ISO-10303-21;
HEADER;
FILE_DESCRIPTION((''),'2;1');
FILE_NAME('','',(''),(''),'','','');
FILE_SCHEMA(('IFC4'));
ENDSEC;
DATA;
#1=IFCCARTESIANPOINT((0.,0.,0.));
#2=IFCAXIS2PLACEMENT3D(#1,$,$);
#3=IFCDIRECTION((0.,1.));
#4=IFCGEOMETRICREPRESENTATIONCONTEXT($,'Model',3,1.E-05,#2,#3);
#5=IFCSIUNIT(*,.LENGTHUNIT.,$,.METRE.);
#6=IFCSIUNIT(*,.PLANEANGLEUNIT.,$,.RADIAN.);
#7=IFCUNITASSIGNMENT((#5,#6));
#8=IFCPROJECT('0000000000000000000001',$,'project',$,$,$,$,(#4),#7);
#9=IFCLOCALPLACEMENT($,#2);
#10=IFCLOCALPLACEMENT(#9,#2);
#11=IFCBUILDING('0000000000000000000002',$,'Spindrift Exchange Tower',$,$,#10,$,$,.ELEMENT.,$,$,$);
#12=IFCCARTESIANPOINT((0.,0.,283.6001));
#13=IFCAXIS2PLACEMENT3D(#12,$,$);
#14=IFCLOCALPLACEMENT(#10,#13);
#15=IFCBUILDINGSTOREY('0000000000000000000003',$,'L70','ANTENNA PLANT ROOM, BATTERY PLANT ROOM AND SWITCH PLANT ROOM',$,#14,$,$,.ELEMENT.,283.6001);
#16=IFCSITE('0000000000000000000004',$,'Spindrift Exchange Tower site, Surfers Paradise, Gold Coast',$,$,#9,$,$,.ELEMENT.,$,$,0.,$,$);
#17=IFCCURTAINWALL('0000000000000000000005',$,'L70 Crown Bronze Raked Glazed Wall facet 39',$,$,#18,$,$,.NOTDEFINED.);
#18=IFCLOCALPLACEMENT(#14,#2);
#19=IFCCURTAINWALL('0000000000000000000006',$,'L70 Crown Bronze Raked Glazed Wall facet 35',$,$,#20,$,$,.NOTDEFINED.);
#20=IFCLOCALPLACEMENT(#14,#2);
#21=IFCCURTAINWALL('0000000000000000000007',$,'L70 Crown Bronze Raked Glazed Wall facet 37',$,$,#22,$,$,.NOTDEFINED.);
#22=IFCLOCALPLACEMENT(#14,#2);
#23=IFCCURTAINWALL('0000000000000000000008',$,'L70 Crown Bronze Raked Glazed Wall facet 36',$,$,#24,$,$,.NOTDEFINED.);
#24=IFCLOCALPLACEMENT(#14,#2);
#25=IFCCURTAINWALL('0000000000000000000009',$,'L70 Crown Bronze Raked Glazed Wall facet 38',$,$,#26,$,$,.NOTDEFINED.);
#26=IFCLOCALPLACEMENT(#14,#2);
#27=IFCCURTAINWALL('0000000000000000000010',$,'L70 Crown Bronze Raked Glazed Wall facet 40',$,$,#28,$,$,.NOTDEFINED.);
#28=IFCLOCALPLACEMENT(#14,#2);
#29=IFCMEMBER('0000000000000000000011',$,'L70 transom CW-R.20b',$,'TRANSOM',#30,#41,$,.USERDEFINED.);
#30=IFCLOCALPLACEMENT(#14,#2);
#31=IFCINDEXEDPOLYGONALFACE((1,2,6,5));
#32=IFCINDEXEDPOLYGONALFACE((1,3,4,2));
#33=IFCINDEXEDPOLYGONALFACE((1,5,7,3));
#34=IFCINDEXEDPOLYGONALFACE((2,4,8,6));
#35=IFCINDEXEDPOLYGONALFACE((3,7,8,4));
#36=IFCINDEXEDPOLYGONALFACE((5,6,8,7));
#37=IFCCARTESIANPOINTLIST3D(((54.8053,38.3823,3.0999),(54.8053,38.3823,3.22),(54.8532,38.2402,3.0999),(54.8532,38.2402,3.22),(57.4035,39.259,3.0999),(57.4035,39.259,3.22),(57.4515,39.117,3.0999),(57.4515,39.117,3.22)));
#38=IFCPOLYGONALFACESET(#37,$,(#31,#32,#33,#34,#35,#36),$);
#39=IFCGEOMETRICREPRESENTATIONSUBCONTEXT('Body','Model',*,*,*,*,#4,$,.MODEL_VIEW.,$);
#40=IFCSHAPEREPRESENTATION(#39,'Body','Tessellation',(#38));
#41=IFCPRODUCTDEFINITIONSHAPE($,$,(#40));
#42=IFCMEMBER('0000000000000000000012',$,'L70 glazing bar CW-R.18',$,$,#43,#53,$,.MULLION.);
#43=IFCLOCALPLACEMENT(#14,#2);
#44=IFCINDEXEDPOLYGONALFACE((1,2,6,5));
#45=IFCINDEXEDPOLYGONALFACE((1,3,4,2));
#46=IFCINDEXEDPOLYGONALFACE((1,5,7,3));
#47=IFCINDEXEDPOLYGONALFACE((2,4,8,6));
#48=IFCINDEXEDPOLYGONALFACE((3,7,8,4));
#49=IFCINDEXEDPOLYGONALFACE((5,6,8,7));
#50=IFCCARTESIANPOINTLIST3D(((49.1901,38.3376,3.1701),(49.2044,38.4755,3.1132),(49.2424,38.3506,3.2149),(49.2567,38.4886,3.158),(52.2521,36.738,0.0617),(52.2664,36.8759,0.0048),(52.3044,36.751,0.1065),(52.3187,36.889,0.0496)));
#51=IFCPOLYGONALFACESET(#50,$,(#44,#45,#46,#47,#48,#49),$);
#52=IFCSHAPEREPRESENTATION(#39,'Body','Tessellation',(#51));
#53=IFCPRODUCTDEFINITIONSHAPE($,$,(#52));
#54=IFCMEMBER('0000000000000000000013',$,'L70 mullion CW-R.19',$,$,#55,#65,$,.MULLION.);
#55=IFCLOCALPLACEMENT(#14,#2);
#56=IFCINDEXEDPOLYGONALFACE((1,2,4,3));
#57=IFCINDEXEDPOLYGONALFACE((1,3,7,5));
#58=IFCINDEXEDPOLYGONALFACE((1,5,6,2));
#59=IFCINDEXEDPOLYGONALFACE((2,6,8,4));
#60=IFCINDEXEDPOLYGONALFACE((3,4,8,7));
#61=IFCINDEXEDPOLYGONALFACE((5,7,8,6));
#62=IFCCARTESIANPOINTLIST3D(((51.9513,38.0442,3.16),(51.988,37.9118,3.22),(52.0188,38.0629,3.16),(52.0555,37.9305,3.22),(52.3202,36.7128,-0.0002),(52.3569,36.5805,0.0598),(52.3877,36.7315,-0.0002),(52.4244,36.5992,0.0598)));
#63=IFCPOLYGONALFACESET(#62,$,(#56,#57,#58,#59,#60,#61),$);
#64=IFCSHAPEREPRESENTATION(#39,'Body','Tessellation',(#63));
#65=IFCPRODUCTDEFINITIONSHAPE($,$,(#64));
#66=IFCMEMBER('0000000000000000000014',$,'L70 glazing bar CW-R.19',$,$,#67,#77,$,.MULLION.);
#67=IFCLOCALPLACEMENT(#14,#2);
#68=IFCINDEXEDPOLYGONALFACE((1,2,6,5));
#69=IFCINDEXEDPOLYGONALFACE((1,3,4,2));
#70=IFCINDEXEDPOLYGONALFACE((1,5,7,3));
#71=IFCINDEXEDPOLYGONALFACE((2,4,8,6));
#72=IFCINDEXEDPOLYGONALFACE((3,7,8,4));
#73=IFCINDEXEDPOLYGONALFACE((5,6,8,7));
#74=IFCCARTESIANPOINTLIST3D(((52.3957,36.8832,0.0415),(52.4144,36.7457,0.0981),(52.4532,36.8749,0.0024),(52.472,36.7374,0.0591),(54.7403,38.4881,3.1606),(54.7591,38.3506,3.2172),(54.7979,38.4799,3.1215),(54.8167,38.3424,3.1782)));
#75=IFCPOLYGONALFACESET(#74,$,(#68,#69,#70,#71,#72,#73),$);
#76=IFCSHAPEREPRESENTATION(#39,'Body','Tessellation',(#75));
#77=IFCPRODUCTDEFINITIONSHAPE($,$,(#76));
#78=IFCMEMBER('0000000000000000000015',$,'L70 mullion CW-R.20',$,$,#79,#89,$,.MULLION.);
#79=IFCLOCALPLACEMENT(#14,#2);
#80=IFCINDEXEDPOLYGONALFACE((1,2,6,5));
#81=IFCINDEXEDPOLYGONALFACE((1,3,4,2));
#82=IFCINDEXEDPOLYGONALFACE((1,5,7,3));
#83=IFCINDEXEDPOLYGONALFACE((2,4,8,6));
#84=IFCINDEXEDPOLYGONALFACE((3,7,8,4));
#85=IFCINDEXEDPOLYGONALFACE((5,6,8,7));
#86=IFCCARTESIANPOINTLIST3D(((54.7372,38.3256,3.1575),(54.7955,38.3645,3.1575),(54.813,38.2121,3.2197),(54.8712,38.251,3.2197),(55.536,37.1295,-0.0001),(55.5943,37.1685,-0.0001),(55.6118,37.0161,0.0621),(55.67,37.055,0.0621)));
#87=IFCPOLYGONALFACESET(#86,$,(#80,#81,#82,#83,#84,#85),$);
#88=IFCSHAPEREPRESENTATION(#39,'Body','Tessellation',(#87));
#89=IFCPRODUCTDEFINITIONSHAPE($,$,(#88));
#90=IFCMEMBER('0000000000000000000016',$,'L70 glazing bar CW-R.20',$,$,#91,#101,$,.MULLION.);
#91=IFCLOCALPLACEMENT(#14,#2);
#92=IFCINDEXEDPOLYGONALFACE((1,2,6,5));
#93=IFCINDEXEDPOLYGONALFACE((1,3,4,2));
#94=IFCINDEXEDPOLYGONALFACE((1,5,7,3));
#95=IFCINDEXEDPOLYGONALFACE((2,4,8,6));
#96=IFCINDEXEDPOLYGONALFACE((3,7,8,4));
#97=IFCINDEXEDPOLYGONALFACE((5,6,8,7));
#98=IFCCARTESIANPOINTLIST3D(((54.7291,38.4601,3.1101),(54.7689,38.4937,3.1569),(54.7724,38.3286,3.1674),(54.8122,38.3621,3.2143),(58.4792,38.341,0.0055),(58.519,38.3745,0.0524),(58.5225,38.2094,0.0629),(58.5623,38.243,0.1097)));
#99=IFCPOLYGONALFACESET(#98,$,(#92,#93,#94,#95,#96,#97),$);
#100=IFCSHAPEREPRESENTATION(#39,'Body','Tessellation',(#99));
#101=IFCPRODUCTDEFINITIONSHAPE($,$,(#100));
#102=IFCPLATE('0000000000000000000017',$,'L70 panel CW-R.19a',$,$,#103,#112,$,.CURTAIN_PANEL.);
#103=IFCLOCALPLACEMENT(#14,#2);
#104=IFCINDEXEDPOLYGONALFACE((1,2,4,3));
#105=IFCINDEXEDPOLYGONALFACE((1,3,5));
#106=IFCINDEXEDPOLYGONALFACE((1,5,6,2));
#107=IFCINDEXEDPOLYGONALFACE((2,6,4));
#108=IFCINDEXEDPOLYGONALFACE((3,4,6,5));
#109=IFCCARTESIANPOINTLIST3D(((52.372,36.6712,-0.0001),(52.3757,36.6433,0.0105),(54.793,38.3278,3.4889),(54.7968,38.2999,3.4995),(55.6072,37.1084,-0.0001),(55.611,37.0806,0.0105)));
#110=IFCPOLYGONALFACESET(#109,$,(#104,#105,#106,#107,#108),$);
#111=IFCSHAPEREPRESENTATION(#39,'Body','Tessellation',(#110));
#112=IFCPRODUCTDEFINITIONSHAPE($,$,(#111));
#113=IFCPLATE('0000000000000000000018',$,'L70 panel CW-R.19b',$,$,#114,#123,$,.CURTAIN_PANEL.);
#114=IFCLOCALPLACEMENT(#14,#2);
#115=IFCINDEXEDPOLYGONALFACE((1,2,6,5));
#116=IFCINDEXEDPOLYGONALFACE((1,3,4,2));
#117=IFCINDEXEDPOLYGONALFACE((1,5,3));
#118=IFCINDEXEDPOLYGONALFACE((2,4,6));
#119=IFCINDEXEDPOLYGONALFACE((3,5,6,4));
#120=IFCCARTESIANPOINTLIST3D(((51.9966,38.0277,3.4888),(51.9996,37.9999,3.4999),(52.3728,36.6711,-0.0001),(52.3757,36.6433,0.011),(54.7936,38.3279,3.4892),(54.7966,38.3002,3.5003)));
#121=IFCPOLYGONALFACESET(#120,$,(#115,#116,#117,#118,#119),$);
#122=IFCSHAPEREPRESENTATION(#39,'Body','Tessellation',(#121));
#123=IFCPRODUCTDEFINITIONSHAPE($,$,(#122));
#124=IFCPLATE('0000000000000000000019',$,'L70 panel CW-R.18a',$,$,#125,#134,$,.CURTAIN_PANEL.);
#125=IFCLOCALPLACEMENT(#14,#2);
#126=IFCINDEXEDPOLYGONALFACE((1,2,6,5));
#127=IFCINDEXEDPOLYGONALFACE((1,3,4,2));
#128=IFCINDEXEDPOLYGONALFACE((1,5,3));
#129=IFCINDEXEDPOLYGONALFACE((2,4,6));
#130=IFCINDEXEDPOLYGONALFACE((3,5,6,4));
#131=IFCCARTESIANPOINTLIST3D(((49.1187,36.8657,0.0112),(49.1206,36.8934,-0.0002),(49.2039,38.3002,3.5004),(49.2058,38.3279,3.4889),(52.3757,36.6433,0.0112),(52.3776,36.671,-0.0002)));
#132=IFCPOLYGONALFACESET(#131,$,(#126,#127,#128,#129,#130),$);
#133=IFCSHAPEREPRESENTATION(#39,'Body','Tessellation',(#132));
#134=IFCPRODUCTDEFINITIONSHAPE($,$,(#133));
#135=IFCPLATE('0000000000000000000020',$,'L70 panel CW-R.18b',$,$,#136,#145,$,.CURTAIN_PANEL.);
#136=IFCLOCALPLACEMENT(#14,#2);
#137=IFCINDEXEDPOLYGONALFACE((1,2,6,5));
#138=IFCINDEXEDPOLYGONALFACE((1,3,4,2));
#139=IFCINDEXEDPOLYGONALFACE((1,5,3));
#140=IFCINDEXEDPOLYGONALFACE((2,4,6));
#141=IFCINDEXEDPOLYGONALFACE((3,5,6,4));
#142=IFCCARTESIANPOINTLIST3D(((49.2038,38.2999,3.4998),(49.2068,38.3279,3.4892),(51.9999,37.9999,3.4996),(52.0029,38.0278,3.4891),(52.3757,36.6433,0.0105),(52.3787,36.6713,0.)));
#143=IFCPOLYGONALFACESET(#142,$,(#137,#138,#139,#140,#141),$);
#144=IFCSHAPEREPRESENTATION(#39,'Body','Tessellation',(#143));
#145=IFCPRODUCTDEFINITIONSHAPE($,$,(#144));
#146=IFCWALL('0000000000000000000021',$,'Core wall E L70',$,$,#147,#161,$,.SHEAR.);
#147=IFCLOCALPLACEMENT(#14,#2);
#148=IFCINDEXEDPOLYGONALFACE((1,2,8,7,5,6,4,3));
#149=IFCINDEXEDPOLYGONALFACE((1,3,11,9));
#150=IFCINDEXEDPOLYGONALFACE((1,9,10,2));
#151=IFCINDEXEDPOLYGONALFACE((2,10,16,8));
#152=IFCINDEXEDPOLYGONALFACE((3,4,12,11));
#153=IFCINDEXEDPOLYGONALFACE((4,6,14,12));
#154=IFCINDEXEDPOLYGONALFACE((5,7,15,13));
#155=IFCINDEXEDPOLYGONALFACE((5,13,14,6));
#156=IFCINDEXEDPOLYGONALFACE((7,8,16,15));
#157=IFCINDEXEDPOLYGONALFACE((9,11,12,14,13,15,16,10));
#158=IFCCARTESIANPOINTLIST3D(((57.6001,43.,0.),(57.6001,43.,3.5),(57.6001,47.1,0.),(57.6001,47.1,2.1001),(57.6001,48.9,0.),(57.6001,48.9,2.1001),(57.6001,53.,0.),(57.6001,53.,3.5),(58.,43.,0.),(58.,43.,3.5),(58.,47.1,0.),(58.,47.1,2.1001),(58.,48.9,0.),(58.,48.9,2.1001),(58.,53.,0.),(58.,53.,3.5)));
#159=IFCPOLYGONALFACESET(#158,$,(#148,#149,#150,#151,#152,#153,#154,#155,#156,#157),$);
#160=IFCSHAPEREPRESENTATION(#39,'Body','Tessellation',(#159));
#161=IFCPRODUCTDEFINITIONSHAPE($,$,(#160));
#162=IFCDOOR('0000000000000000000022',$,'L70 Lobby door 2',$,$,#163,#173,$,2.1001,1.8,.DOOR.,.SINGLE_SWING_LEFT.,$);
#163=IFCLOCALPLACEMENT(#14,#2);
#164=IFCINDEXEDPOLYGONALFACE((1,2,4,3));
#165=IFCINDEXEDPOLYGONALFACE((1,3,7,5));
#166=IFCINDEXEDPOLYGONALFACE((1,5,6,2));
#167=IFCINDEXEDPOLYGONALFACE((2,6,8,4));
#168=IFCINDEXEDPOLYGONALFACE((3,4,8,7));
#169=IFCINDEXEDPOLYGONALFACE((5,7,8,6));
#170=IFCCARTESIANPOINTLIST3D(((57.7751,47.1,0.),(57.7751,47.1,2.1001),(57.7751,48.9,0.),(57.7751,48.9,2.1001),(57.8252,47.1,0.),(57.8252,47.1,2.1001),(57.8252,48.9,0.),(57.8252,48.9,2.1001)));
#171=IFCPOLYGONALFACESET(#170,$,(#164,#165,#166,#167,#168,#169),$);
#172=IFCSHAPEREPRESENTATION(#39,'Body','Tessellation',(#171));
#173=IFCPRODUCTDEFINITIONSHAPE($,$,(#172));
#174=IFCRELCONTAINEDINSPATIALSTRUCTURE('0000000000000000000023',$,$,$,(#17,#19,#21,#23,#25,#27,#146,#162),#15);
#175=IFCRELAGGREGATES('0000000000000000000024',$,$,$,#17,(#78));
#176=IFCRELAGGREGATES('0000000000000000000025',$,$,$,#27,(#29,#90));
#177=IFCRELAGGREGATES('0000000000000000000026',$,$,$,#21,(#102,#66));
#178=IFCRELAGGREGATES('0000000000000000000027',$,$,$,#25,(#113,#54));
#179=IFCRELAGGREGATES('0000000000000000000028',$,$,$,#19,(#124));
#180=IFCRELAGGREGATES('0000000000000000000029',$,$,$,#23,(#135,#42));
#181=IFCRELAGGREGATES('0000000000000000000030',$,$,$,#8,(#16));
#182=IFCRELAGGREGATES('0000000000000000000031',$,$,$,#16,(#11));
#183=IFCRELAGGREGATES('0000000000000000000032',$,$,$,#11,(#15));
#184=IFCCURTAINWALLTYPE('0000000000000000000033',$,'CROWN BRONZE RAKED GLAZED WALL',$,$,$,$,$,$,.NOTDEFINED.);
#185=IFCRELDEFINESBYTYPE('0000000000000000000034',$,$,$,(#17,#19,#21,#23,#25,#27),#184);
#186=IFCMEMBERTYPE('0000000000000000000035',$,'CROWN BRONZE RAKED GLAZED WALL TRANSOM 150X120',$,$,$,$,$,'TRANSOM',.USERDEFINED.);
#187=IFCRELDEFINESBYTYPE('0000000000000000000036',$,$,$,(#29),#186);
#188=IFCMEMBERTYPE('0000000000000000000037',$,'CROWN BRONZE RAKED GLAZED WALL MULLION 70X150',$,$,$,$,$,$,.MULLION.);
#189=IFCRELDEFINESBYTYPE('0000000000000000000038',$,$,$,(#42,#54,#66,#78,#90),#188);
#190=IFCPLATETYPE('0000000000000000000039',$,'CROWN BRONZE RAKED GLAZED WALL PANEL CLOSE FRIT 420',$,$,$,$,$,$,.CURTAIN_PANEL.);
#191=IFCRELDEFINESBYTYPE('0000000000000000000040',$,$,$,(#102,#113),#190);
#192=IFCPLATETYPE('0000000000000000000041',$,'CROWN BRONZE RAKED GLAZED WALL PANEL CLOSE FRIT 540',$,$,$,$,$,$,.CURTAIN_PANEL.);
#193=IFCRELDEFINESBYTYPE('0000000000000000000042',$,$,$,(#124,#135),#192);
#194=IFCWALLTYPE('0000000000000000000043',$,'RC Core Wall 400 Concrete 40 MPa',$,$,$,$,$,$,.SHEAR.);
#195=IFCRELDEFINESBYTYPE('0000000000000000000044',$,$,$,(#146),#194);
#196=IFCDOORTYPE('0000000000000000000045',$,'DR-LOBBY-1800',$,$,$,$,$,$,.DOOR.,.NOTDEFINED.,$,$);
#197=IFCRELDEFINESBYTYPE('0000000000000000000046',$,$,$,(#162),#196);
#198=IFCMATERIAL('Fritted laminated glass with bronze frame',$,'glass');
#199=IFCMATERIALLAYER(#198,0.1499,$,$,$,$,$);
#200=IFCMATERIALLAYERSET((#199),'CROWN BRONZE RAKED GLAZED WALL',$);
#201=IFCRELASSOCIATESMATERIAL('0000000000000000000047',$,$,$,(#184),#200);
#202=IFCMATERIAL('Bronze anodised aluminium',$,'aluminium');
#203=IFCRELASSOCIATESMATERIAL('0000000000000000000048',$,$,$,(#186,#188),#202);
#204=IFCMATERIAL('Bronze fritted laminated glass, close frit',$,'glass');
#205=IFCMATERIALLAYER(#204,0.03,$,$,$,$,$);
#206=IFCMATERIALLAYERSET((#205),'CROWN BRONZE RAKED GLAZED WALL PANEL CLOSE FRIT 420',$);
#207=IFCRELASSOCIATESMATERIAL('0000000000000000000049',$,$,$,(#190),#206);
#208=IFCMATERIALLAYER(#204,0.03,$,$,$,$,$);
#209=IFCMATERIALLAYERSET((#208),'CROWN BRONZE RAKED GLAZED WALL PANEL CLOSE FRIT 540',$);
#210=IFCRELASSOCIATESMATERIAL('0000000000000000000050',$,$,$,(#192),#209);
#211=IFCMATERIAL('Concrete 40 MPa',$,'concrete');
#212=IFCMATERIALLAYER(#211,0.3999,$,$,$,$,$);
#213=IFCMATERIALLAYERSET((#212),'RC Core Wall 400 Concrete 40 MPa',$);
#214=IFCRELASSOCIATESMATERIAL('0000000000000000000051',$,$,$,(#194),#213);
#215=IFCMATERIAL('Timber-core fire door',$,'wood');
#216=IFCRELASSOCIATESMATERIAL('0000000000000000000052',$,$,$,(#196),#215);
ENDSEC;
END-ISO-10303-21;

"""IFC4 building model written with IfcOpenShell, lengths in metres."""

from ifc_helpers import new_model, si_unit, direction, frame, frame_2d, origin, origin_2d, place, context, subcontext, project, spatial, line, indexed_curve, rectangle, outline, extrude, source, transform, mapped, material, layer, layer_set, material_profile, profile_set, type_object, element, fill, aggregate, save


model = new_model("IFC4")

# Units and contexts
model_context = context("Model", 3, precision=1e-05, world=origin(), true_north=direction((0.0, 1.0)))
body_context = subcontext(model_context, "Body", "Model", "MODEL_VIEW")
ifc_project = project(units=[si_unit("LENGTHUNIT", "METRE"), si_unit("PLANEANGLEUNIT", "RADIAN")], contexts=[model_context])

# Site, building, storey
site_placement = place(None, origin())
site = spatial("IfcSite", under=ifc_project, at=site_placement, Name="Spindrift Exchange Tower site, Surfers Paradise, Gold Coast", CompositionType="ELEMENT", RefElevation=0.0)
building_placement = place(site_placement, origin())
building = spatial("IfcBuilding", under=site, at=building_placement, Name="Spindrift Exchange Tower", CompositionType="ELEMENT")
storey_placement = place(building_placement, frame((0.0, 0.0, 283.6001)))
storey = spatial("IfcBuildingStorey", under=building, at=storey_placement, Name="L70", Description="ANTENNA PLANT ROOM, BATTERY PLANT ROOM AND SWITCH PLANT ROOM", CompositionType="ELEMENT", Elevation=283.6001)

# Shared definitions
ifc_material_1 = material(Name="Concrete 40 MPa", Category="concrete")

# Curtain walls, member
ifc_material_2 = material(Name="Fritted laminated glass with bronze frame", Category="glass")
ifc_layer_1 = layer(ifc_material_2, 0.1499)
ifc_layer_set_1 = layer_set([ifc_layer_1], Name="CROWN BRONZE RAKED GLAZED WALL")
curtain_wall_type = type_object("IfcCurtainWallType", Name="CROWN BRONZE RAKED GLAZED WALL", PredefinedType="NOTDEFINED", material=ifc_layer_set_1)
curtain_wall_1_placement = place(storey_placement, origin())
curtain_wall_1 = element("IfcCurtainWall", 1, at=curtain_wall_1_placement, inside=storey, type_object=curtain_wall_type, Name="L70 Crown Bronze Raked Glazed Wall facet 39", PredefinedType="NOTDEFINED")
ifc_material_3 = material(Name="Bronze anodised aluminium", Category="aluminium")
ifc_material_profile_1 = material_profile(ifc_material_3, rectangle(XDim=0.1499, YDim=0.1201, at=origin_2d()), Name="CROWN BRONZE RAKED GLAZED WALL TRANSOM 150X120")
ifc_profile_set_1 = profile_set([ifc_material_profile_1], Name="Bronze anodised aluminium")
member_type_1 = type_object("IfcMemberType", Name="CROWN BRONZE RAKED GLAZED WALL TRANSOM 150X120", ElementType="TRANSOM", PredefinedType="USERDEFINED", material=ifc_profile_set_1)
curtain_wall_2_placement = place(storey_placement, origin())
curtain_wall_2 = element("IfcCurtainWall", 2, at=curtain_wall_2_placement, inside=storey, type_object=curtain_wall_type, Name="L70 Crown Bronze Raked Glazed Wall facet 35", PredefinedType="NOTDEFINED")
curtain_wall_3_placement = place(storey_placement, origin())
curtain_wall_3 = element("IfcCurtainWall", 3, at=curtain_wall_3_placement, inside=storey, type_object=curtain_wall_type, Name="L70 Crown Bronze Raked Glazed Wall facet 37", PredefinedType="NOTDEFINED")
curtain_wall_4_placement = place(storey_placement, origin())
curtain_wall_4 = element("IfcCurtainWall", 4, at=curtain_wall_4_placement, inside=storey, type_object=curtain_wall_type, Name="L70 Crown Bronze Raked Glazed Wall facet 36", PredefinedType="NOTDEFINED")
shared_shape_1 = source(origin(), body_context, "Body", "SweptSolid", [
    extrude(rectangle(XDim=0.1499, YDim=0.1201, at=origin_2d()), origin(), (0.0, 0.0, 1.0), 2.7422),
])
curtain_wall_5_placement = place(storey_placement, origin())
curtain_wall_5 = element("IfcCurtainWall", 5, at=curtain_wall_5_placement, inside=storey, type_object=curtain_wall_type, Name="L70 Crown Bronze Raked Glazed Wall facet 38", PredefinedType="NOTDEFINED")
curtain_wall_6_placement = place(storey_placement, origin())
curtain_wall_6 = element("IfcCurtainWall", 6, at=curtain_wall_6_placement, inside=storey, type_object=curtain_wall_type, Name="L70 Crown Bronze Raked Glazed Wall facet 40", PredefinedType="NOTDEFINED")
member_1_placement = place(storey_placement, frame((57.4275, 39.188, 3.1599), z_axis=(-0.94751, -0.319725, 0.0), x_axis=(0.319725, -0.94751, 0.0)))
member_1 = element("IfcMember", 7, at=member_1_placement, type_object=member_type_1, Name="L70 transom CW-R.20b", ObjectType="TRANSOM", PredefinedType="USERDEFINED", context=body_context, shape_type="MappedRepresentation", body=[
    mapped(shared_shape_1, transform((0.0, 0.0, 0.0), scale=1.0)),
])

# Members
ifc_material_profile_2 = material_profile(ifc_material_3, rectangle(XDim=0.0701, YDim=0.1499, at=origin_2d()), Name="CROWN BRONZE RAKED GLAZED WALL MULLION 70X150")
ifc_profile_set_2 = profile_set([ifc_material_profile_2], Name="Bronze anodised aluminium")
member_type_2 = type_object("IfcMemberType", Name="CROWN BRONZE RAKED GLAZED WALL MULLION 70X150", PredefinedType="MULLION", material=ifc_profile_set_2)
shared_shape_2 = source(origin(), body_context, "Body", "SweptSolid", [
    extrude(rectangle(XDim=0.0701, YDim=0.1499, at=origin_2d()), origin(), (0.0, 0.0, 1.0), 4.6472),
])
member_2_placement = place(storey_placement, frame((52.2854, 36.8135, 0.0557), z_axis=(-0.658889, 0.344207, 0.66887), x_axis=(-0.746142, -0.186058, -0.63926)))
member_2 = element("IfcMember", 8, at=member_2_placement, type_object=member_type_2, Name="L70 glazing bar CW-R.18", PredefinedType="MULLION", context=body_context, shape_type="MappedRepresentation", body=[
    mapped(shared_shape_2, transform((0.0, 0.0, 0.0), scale=1.0)),
])
shared_shape_3 = source(origin(), body_context, "Body", "SweptSolid", [
    extrude(rectangle(XDim=0.0701, YDim=0.1499, at=origin_2d()), origin(), (0.0, 0.0, 1.0), 3.449),
])
member_3_placement = place(storey_placement, frame((52.3723, 36.656, 0.0298), z_axis=(-0.10696, 0.386005, 0.916275), x_axis=(-0.963687, -0.267033, 0.0)))
member_3 = element("IfcMember", 9, at=member_3_placement, type_object=member_type_2, Name="L70 mullion CW-R.19", PredefinedType="MULLION", context=body_context, shape_type="MappedRepresentation", body=[
    mapped(shared_shape_3, transform((0.0, 0.0, 0.0), scale=1.0)),
])
shared_shape_4 = source(origin(), body_context, "Body", "SweptSolid", [
    extrude(rectangle(XDim=0.0701, YDim=0.1499, at=origin_2d()), origin(), (0.0, 0.0, 1.0), 4.2192),
])
member_4_placement = place(storey_placement, frame((52.4338, 36.8103, 0.0503), z_axis=(0.555711, 0.380388, 0.73925), x_axis=(-0.821892, 0.117436, 0.557407)))
member_4 = element("IfcMember", 10, at=member_4_placement, type_object=member_type_2, Name="L70 glazing bar CW-R.19", PredefinedType="MULLION", context=body_context, shape_type="MappedRepresentation", body=[
    mapped(shared_shape_4, transform((0.0, 0.0, 0.0), scale=1.0)),
])
shared_shape_5 = source(origin(), body_context, "Body", "SweptSolid", [
    extrude(rectangle(XDim=0.0701, YDim=0.1499, at=origin_2d()), origin(), (0.0, 0.0, 1.0), 3.4697),
])
member_5_placement = place(storey_placement, frame((55.603, 37.0923, 0.031), z_axis=(-0.23022, 0.344697, 0.910045), x_axis=(-0.83158, -0.555405, 0.0)))
member_5 = element("IfcMember", 11, at=member_5_placement, type_object=member_type_2, Name="L70 mullion CW-R.20", PredefinedType="MULLION", context=body_context, shape_type="MappedRepresentation", body=[
    mapped(shared_shape_5, transform((0.0, 0.0, 0.0), scale=1.0)),
])
aggregate(curtain_wall_1, [member_5])
shared_shape_6 = source(origin(), body_context, "Body", "SweptSolid", [
    extrude(rectangle(XDim=0.0701, YDim=0.1499, at=origin_2d()), origin(), (0.0, 0.0, 1.0), 4.8699),
])
member_6_placement = place(storey_placement, frame((58.5208, 38.292, 0.0576), z_axis=(-0.770058, 0.024465, 0.637504), x_axis=(-0.568841, -0.478749, -0.668745)))
member_6 = element("IfcMember", 12, at=member_6_placement, type_object=member_type_2, Name="L70 glazing bar CW-R.20", PredefinedType="MULLION", context=body_context, shape_type="MappedRepresentation", body=[
    mapped(shared_shape_6, transform((0.0, 0.0, 0.0), scale=1.0)),
])
aggregate(curtain_wall_6, [member_1, member_6])

# Plates
ifc_material_4 = material(Name="Bronze fritted laminated glass, close frit", Category="glass")
ifc_layer_2 = layer(ifc_material_4, 0.03)
ifc_layer_set_2 = layer_set([ifc_layer_2], Name="CROWN BRONZE RAKED GLAZED WALL PANEL CLOSE FRIT 420")
plate_type_1 = type_object("IfcPlateType", Name="CROWN BRONZE RAKED GLAZED WALL PANEL CLOSE FRIT 420", PredefinedType="CURTAIN_PANEL", material=ifc_layer_set_2)
plate_1_placement = place(storey_placement, frame((52.3757, 36.6433, 0.0105), z_axis=(0.125297, -0.927101, 0.353249), x_axis=(0.990991, 0.133932, 0.0)))
plate_1 = element("IfcPlate", 13, at=plate_1_placement, type_object=plate_type_1, Name="L70 panel CW-R.19a", PredefinedType="CURTAIN_PANEL", context=body_context, shape_type="SweptSolid", body=[
    extrude(outline(indexed_curve([(0.0, 0.0), (3.2646, 0.0), (2.6211, 3.7295)], segments=[line(1, 2, 3, 1)], self_intersect=False)), origin(), (0.0, 0.0, -1.0), 0.03),
])
aggregate(curtain_wall_3, [plate_1, member_4])
plate_2_placement = place(storey_placement, frame((52.3757, 36.6433, 0.011), z_axis=(0.09912, -0.923777, 0.369881), x_axis=(0.53105, 0.36346, 0.76543)))
plate_2 = element("IfcPlate", 14, at=plate_2_placement, type_object=plate_type_1, Name="L70 panel CW-R.19b", PredefinedType="CURTAIN_PANEL", context=body_context, shape_type="SweptSolid", body=[
    extrude(outline(indexed_curve([(0.0, 0.0), (4.5586, 0.0), (2.9639, 2.3174)], segments=[line(1, 2, 3, 1)], self_intersect=False)), origin(), (0.0, 0.0, -1.0), 0.03),
])
aggregate(curtain_wall_5, [plate_2, member_3])
ifc_layer_3 = layer(ifc_material_4, 0.03)
ifc_layer_set_3 = layer_set([ifc_layer_3], Name="CROWN BRONZE RAKED GLAZED WALL PANEL CLOSE FRIT 540")
plate_type_2 = type_object("IfcPlateType", Name="CROWN BRONZE RAKED GLAZED WALL PANEL CLOSE FRIT 540", PredefinedType="CURTAIN_PANEL", material=ifc_layer_set_3)
plate_3_placement = place(storey_placement, frame((52.3757, 36.6433, 0.0112), z_axis=(-0.062994, -0.922508, 0.380802), x_axis=(-0.997677, 0.068127, 0.0)))
plate_3 = element("IfcPlate", 15, at=plate_3_placement, type_object=plate_type_2, Name="L70 panel CW-R.18a", PredefinedType="CURTAIN_PANEL", context=body_context, shape_type="SweptSolid", body=[
    extrude(outline(indexed_curve([(0.0, 0.0), (3.2646, 0.0), (3.2773, -3.7734)], segments=[line(1, 2, 3, 1)], self_intersect=False)), origin(), (0.0, 0.0, -1.0), 0.03),
])
aggregate(curtain_wall_2, [plate_3])
plate_4_placement = place(storey_placement, frame((52.3757, 36.6433, 0.0105), z_axis=(-0.099891, -0.930959, 0.351193), x_axis=(-0.63463, 0.331455, 0.698127)))
plate_4 = element("IfcPlate", 16, at=plate_4_placement, type_object=plate_type_2, Name="L70 panel CW-R.18b", PredefinedType="CURTAIN_PANEL", context=body_context, shape_type="SweptSolid", body=[
    extrude(outline(indexed_curve([(0.0, 0.0), (4.998, 0.0), (3.124, -2.0967)], segments=[line(1, 2, 3, 1)], self_intersect=False)), origin(), (0.0, 0.0, -1.0), 0.03),
])
aggregate(curtain_wall_4, [plate_4, member_2])

# Wall, opening, door
ifc_layer_4 = layer(ifc_material_1, 0.3999)
ifc_layer_set_4 = layer_set([ifc_layer_4], Name="RC Core Wall 400 Concrete 40 MPa")
wall_type_1 = type_object("IfcWallType", Name="RC Core Wall 400 Concrete 40 MPa", PredefinedType="SHEAR", material=ifc_layer_set_4)
wall_1_placement = place(storey_placement, frame((57.8, 43.0, 0.0), z_axis=(0.0, 0.0, 1.0), x_axis=(0.0, 1.0, 0.0)))
wall_1 = element("IfcWall", 17, at=wall_1_placement, inside=storey, type_object=wall_type_1, Name="Core wall E L70", PredefinedType="SHEAR", context=body_context, shape_type="SweptSolid", body=[
    extrude(rectangle(XDim=10.0, YDim=0.3999, at=frame_2d((5.0, 0.0))), origin(), (0.0, 0.0, 1.0), 3.5),
])
opening_placement = place(wall_1_placement, frame((4.1001, 0.0, 0.0)))
opening = element("IfcOpeningElement", 18, at=opening_placement, cuts=wall_1, PredefinedType="OPENING", context=body_context, shape_type="SweptSolid", body=[
    extrude(rectangle(XDim=1.8, YDim=2.1001, at=frame_2d((0.8999, 1.05))), frame((0.0, 0.21, 0.0), z_axis=(0.0, -1.0, 0.0), x_axis=(1.0, 0.0, 0.0)), (0.0, 0.0, 1.0), 0.4199),
])
ifc_material_5 = material(Name="Timber-core fire door", Category="wood")
door_type = type_object("IfcDoorType", Name="DR-LOBBY-1800", OperationType="NOTDEFINED", PredefinedType="DOOR", material=ifc_material_5)
shared_shape_7 = source(origin(), body_context, "Body", "SweptSolid", [
    extrude(rectangle(XDim=1.8, YDim=2.1001, at=frame_2d((0.8999, 1.05))), frame((0.0, 0.0249, 0.0), z_axis=(0.0, -1.0, 0.0), x_axis=(1.0, 0.0, 0.0)), (0.0, 0.0, 1.0), 0.05),
])
door_placement = place(opening_placement, origin())
door = element("IfcDoor", 19, at=door_placement, inside=storey, type_object=door_type, Name="L70 Lobby door 2", OperationType="SINGLE_SWING_LEFT", OverallHeight=2.1001, OverallWidth=1.8, PredefinedType="DOOR", context=body_context, shape_type="MappedRepresentation", body=[
    mapped(shared_shape_7, transform((0.0, 0.0, 0.0), scale=1.0)),
])
fill(opening, door)

save(model, "model.ifc")
